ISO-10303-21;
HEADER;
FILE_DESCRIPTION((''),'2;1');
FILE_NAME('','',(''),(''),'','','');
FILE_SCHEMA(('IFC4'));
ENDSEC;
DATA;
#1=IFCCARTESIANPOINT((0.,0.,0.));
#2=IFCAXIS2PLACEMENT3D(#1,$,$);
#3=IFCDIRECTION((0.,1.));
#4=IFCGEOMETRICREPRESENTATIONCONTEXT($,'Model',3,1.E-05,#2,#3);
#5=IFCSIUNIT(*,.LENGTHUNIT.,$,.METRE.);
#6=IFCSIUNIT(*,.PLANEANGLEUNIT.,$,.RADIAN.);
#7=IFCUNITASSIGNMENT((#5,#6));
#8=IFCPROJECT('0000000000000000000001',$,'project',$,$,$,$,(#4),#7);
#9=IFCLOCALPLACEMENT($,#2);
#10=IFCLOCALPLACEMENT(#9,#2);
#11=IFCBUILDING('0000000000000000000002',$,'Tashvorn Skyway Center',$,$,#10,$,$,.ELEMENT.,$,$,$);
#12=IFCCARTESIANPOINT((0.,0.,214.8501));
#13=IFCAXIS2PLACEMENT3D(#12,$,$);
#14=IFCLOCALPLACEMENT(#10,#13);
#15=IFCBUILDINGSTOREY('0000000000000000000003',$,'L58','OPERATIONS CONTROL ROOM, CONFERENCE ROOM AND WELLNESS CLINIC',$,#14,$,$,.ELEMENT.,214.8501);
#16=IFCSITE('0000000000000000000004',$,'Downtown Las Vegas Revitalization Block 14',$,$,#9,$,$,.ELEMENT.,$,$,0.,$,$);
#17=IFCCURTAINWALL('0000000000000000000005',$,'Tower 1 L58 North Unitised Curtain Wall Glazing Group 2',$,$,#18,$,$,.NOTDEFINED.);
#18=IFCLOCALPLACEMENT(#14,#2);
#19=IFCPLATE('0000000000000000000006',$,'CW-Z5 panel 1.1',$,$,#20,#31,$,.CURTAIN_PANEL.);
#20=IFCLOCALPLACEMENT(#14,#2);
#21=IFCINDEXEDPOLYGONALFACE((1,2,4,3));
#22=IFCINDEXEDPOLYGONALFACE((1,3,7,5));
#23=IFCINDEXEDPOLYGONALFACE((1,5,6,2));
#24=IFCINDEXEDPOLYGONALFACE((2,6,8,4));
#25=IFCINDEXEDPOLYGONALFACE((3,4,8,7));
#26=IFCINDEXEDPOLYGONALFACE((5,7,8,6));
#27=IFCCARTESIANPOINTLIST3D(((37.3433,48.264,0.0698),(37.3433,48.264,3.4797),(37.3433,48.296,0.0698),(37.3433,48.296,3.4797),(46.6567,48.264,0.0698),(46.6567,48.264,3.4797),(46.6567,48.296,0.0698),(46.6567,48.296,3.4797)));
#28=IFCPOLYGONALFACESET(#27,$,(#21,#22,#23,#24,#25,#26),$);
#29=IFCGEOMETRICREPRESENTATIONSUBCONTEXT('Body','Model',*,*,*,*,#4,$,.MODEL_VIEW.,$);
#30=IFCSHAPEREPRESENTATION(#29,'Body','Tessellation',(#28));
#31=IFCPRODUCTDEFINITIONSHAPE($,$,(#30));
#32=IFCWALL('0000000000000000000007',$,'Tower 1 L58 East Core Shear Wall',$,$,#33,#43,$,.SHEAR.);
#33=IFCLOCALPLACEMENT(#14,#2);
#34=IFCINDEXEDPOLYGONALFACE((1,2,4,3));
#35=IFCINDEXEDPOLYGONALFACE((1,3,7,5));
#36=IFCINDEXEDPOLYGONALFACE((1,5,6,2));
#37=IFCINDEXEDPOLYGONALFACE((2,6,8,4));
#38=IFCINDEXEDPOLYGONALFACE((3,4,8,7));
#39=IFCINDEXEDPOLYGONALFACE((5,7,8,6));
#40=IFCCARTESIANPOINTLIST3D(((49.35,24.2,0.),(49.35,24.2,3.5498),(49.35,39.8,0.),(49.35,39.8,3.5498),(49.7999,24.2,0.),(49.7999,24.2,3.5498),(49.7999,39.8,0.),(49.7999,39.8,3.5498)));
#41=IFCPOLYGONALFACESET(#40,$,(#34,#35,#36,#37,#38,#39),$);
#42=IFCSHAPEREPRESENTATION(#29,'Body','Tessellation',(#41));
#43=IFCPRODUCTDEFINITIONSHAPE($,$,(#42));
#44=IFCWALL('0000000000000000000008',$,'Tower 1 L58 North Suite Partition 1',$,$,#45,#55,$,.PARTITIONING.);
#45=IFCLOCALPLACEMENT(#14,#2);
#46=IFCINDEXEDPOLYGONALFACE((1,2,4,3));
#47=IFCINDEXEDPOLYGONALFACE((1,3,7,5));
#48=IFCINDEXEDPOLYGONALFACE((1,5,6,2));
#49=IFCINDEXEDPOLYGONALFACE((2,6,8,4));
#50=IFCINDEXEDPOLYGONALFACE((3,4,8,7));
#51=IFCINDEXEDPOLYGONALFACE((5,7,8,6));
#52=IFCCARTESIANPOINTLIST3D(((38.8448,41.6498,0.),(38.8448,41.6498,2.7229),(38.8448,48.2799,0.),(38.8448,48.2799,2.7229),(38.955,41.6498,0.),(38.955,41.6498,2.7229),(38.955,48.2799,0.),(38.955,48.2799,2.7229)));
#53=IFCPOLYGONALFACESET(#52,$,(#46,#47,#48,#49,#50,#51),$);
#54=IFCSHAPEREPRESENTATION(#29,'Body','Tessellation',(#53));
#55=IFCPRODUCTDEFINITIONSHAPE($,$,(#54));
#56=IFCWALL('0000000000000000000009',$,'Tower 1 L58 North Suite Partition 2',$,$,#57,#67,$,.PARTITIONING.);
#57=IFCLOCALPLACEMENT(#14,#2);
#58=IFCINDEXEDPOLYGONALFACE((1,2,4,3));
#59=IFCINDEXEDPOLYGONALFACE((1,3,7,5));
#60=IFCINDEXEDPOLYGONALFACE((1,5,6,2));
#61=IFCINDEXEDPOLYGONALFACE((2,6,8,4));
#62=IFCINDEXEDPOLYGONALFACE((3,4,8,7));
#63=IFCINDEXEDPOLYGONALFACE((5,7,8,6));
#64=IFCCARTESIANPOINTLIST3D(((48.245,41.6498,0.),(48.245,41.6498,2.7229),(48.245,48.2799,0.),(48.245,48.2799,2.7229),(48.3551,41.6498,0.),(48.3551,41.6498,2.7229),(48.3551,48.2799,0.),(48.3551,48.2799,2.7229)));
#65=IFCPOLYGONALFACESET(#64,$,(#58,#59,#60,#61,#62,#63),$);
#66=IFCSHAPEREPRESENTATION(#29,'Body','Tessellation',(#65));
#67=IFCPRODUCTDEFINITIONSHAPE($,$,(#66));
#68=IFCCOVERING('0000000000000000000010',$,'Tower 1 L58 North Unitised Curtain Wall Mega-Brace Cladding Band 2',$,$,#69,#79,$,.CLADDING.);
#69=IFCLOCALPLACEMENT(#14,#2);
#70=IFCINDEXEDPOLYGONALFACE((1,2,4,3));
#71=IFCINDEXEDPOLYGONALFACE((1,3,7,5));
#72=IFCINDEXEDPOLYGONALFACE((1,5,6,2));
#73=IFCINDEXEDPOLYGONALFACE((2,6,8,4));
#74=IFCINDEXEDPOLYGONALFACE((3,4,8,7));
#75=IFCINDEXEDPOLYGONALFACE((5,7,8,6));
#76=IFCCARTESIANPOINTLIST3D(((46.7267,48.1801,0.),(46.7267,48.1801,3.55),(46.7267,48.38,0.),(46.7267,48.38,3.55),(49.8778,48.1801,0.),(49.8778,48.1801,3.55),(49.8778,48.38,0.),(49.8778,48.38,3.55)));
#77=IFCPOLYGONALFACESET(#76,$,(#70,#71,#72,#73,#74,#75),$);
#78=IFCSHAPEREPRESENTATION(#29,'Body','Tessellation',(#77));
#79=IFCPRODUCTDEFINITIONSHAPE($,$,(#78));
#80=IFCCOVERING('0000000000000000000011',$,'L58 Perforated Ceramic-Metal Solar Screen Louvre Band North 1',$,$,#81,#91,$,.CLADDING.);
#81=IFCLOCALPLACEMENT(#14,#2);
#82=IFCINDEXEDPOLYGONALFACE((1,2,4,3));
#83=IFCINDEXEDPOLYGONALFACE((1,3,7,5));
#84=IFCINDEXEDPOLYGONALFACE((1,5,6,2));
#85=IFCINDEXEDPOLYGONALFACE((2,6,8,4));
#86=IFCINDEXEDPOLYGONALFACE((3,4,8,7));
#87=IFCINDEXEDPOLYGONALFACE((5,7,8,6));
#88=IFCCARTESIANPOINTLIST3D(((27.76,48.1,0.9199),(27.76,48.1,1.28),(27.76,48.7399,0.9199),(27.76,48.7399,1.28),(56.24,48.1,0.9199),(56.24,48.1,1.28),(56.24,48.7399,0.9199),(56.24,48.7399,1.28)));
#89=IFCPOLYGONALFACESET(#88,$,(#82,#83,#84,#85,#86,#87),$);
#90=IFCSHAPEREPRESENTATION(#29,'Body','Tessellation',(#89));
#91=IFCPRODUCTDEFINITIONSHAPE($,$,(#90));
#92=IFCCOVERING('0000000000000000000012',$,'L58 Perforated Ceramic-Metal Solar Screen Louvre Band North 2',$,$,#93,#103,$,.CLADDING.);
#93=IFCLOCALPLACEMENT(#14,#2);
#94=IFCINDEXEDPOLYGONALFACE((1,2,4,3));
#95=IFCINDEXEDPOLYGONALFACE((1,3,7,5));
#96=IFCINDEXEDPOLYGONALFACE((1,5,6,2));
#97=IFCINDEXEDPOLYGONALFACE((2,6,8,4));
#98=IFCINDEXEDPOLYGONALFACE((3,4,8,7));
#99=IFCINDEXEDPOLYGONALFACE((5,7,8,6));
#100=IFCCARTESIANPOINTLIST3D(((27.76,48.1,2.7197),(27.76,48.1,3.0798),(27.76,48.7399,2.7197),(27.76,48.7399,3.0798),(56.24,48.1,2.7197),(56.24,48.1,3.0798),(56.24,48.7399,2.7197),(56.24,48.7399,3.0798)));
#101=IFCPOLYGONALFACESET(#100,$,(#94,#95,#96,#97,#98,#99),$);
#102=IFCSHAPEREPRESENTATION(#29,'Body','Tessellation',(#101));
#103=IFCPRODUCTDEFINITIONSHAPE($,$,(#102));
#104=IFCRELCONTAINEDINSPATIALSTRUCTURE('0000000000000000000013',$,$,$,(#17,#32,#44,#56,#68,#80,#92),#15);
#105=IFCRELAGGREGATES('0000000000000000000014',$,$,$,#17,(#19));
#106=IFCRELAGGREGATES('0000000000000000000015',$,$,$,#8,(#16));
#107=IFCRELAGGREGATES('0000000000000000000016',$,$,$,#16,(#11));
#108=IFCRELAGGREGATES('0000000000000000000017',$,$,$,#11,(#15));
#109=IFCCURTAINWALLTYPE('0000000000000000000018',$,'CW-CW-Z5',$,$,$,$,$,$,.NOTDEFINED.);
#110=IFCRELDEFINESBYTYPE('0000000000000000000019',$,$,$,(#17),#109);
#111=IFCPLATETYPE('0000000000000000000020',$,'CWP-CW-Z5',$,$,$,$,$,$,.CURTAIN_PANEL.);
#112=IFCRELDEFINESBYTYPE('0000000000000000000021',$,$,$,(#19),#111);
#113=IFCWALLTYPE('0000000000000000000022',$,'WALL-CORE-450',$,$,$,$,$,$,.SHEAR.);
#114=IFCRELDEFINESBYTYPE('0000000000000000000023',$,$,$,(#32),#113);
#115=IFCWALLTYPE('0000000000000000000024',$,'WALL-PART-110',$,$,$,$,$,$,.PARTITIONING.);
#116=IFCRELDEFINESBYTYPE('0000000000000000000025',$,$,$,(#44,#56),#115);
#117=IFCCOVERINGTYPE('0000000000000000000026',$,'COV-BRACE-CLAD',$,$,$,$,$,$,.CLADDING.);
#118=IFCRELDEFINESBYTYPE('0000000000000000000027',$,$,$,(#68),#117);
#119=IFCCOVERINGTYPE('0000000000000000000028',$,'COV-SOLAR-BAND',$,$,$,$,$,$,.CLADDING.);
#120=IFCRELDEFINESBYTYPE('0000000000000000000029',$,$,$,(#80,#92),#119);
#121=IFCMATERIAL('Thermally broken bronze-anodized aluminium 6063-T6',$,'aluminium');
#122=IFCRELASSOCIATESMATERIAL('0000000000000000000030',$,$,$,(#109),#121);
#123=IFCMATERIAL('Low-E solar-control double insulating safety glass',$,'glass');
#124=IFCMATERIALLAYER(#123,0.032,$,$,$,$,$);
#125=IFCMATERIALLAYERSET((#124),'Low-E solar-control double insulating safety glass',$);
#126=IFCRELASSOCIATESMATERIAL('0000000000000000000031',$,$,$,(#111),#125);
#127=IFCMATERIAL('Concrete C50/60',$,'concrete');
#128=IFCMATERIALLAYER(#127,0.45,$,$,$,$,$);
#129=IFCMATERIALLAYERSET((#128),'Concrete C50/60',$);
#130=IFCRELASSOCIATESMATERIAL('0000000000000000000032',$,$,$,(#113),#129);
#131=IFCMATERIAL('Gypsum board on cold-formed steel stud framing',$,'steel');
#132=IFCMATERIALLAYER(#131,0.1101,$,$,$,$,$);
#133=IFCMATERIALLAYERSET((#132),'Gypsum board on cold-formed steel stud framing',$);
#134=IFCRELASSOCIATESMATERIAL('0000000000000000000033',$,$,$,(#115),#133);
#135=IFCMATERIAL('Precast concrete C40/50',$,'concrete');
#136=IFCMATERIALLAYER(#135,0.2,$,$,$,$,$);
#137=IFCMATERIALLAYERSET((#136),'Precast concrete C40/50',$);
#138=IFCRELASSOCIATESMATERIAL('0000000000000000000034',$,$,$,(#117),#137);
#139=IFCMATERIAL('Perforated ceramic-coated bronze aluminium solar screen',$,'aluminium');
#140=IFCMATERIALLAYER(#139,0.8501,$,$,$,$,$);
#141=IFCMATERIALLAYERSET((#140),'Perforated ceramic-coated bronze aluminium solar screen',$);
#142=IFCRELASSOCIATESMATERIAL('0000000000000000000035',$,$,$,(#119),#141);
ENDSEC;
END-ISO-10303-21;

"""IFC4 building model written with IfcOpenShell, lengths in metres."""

from ifc_helpers import new_model, si_unit, direction, frame, frame_2d, origin, origin_2d, place, context, subcontext, project, spatial, rectangle, extrude, material, layer, layer_set, type_object, element, aggregate, save


model = new_model("IFC4")

# Units and contexts
model_context = context("Model", 3, precision=1e-05, world=origin(), true_north=direction((0.0, 1.0)))
body_context = subcontext(model_context, "Body", "Model", "MODEL_VIEW")
ifc_project = project(units=[si_unit("LENGTHUNIT", "METRE"), si_unit("PLANEANGLEUNIT", "RADIAN")], contexts=[model_context])

# Site, building, storey
site_placement = place(None, origin())
site = spatial("IfcSite", under=ifc_project, at=site_placement, Name="Downtown Las Vegas Revitalization Block 14", CompositionType="ELEMENT", RefElevation=0.0)
building_placement = place(site_placement, origin())
building = spatial("IfcBuilding", under=site, at=building_placement, Name="Tashvorn Skyway Center", CompositionType="ELEMENT")
storey_placement = place(building_placement, frame((0.0, 0.0, 214.8501)))
storey = spatial("IfcBuildingStorey", under=building, at=storey_placement, Name="L58", Description="OPERATIONS CONTROL ROOM, CONFERENCE ROOM AND WELLNESS CLINIC", CompositionType="ELEMENT", Elevation=214.8501)

# Curtain wall, plate
ifc_material_1 = material(Name="Thermally broken bronze-anodized aluminium 6063-T6", Category="aluminium")
curtain_wall_type = type_object("IfcCurtainWallType", Name="CW-CW-Z5", PredefinedType="NOTDEFINED", material=ifc_material_1)
curtain_wall_placement = place(storey_placement, origin())
curtain_wall = element("IfcCurtainWall", 1, at=curtain_wall_placement, inside=storey, type_object=curtain_wall_type, Name="Tower 1 L58 North Unitised Curtain Wall Glazing Group 2", PredefinedType="NOTDEFINED")
ifc_material_2 = material(Name="Low-E solar-control double insulating safety glass", Category="glass")
ifc_layer_1 = layer(ifc_material_2, 0.032)
ifc_layer_set_1 = layer_set([ifc_layer_1], Name="Low-E solar-control double insulating safety glass")
plate_type = type_object("IfcPlateType", Name="CWP-CW-Z5", PredefinedType="CURTAIN_PANEL", material=ifc_layer_set_1)
plate_placement = place(storey_placement, frame((42.0, 48.28, 0.0698), z_axis=(0.0, 0.0, 1.0), x_axis=(1.0, 0.0, 0.0)))
plate = element("IfcPlate", 2, at=plate_placement, type_object=plate_type, Name="CW-Z5 panel 1.1", PredefinedType="CURTAIN_PANEL", context=body_context, shape_type="SweptSolid", body=[
    extrude(rectangle(XDim=9.3135, YDim=0.032, at=origin_2d()), origin(), (0.0, 0.0, 1.0), 3.4099),
])
aggregate(curtain_wall, [plate])

# Walls
ifc_material_3 = material(Name="Concrete C50/60", Category="concrete")
ifc_layer_2 = layer(ifc_material_3, 0.45)
ifc_layer_set_2 = layer_set([ifc_layer_2], Name="Concrete C50/60")
wall_type_1 = type_object("IfcWallType", Name="WALL-CORE-450", PredefinedType="SHEAR", material=ifc_layer_set_2)
wall_placement = place(storey_placement, frame((49.575, 39.8, 0.0), z_axis=(0.0, 0.0, 1.0), x_axis=(0.0, -1.0, 0.0)))
element("IfcWall", 3, at=wall_placement, inside=storey, type_object=wall_type_1, Name="Tower 1 L58 East Core Shear Wall", PredefinedType="SHEAR", context=body_context, shape_type="SweptSolid", body=[
    extrude(rectangle(XDim=15.6001, YDim=0.45, at=frame_2d((7.8, 0.0))), origin(), (0.0, 0.0, 1.0), 3.5498),
])
ifc_material_4 = material(Name="Gypsum board on cold-formed steel stud framing", Category="steel")
ifc_layer_3 = layer(ifc_material_4, 0.1101)
ifc_layer_set_3 = layer_set([ifc_layer_3], Name="Gypsum board on cold-formed steel stud framing")
wall_type_2 = type_object("IfcWallType", Name="WALL-PART-110", PredefinedType="PARTITIONING", material=ifc_layer_set_3)
for number, where, z_axis, x_axis, name in (
    (4, (38.8999, 41.6499, 0.0), (0.0, 0.0, 1.0), (0.0, 1.0, 0.0), "Tower 1 L58 North Suite Partition 1"),
    (5, (48.3, 41.6499, 0.0), (0.0, 0.0, 1.0), (0.0, 1.0, 0.0), "Tower 1 L58 North Suite Partition 2"),
):
    element("IfcWall", number, at=place(storey_placement, frame(where, z_axis=z_axis, x_axis=x_axis)), inside=storey, type_object=wall_type_2, Name=name, PredefinedType="PARTITIONING", context=body_context, shape_type="SweptSolid", body=[
        extrude(rectangle(XDim=6.6301, YDim=0.1101, at=frame_2d((3.3149, 0.0))), origin(), (0.0, 0.0, 1.0), 2.7229),
    ])

# Coverings
ifc_material_5 = material(Name="Precast concrete C40/50", Category="concrete")
ifc_layer_4 = layer(ifc_material_5, 0.2)
ifc_layer_set_4 = layer_set([ifc_layer_4], Name="Precast concrete C40/50")
covering_type_1 = type_object("IfcCoveringType", Name="COV-BRACE-CLAD", PredefinedType="CLADDING", material=ifc_layer_set_4)
covering_placement = place(storey_placement, frame((48.3022, 48.28, 0.0), z_axis=(0.0, 0.0, 1.0), x_axis=(1.0, 0.0, 0.0)))
element("IfcCovering", 6, at=covering_placement, inside=storey, type_object=covering_type_1, Name="Tower 1 L58 North Unitised Curtain Wall Mega-Brace Cladding Band 2", PredefinedType="CLADDING", context=body_context, shape_type="SweptSolid", body=[
    extrude(rectangle(XDim=3.1511, YDim=0.2, at=origin_2d()), origin(), (0.0, 0.0, 1.0), 3.55),
])
ifc_material_6 = material(Name="Perforated ceramic-coated bronze aluminium solar screen", Category="aluminium")
ifc_layer_5 = layer(ifc_material_6, 0.8501)
ifc_layer_set_5 = layer_set([ifc_layer_5], Name="Perforated ceramic-coated bronze aluminium solar screen")
covering_type_2 = type_object("IfcCoveringType", Name="COV-SOLAR-BAND", PredefinedType="CLADDING", material=ifc_layer_set_5)
for number, where, z_axis, x_axis, name in (
    (7, (42.0, 48.4199, 0.9199), (0.0, 0.0, 1.0), (1.0, 0.0, 0.0), "L58 Perforated Ceramic-Metal Solar Screen Louvre Band North 1"),
    (8, (42.0, 48.4199, 2.7197), (0.0, 0.0, 1.0), (1.0, 0.0, 0.0), "L58 Perforated Ceramic-Metal Solar Screen Louvre Band North 2"),
):
    element("IfcCovering", number, at=place(storey_placement, frame(where, z_axis=z_axis, x_axis=x_axis)), inside=storey, type_object=covering_type_2, Name=name, PredefinedType="CLADDING", context=body_context, shape_type="SweptSolid", body=[
        extrude(rectangle(XDim=28.48, YDim=0.6399, at=origin_2d()), origin(), (0.0, 0.0, 1.0), 0.3601),
    ])

save(model, "model.ifc")
